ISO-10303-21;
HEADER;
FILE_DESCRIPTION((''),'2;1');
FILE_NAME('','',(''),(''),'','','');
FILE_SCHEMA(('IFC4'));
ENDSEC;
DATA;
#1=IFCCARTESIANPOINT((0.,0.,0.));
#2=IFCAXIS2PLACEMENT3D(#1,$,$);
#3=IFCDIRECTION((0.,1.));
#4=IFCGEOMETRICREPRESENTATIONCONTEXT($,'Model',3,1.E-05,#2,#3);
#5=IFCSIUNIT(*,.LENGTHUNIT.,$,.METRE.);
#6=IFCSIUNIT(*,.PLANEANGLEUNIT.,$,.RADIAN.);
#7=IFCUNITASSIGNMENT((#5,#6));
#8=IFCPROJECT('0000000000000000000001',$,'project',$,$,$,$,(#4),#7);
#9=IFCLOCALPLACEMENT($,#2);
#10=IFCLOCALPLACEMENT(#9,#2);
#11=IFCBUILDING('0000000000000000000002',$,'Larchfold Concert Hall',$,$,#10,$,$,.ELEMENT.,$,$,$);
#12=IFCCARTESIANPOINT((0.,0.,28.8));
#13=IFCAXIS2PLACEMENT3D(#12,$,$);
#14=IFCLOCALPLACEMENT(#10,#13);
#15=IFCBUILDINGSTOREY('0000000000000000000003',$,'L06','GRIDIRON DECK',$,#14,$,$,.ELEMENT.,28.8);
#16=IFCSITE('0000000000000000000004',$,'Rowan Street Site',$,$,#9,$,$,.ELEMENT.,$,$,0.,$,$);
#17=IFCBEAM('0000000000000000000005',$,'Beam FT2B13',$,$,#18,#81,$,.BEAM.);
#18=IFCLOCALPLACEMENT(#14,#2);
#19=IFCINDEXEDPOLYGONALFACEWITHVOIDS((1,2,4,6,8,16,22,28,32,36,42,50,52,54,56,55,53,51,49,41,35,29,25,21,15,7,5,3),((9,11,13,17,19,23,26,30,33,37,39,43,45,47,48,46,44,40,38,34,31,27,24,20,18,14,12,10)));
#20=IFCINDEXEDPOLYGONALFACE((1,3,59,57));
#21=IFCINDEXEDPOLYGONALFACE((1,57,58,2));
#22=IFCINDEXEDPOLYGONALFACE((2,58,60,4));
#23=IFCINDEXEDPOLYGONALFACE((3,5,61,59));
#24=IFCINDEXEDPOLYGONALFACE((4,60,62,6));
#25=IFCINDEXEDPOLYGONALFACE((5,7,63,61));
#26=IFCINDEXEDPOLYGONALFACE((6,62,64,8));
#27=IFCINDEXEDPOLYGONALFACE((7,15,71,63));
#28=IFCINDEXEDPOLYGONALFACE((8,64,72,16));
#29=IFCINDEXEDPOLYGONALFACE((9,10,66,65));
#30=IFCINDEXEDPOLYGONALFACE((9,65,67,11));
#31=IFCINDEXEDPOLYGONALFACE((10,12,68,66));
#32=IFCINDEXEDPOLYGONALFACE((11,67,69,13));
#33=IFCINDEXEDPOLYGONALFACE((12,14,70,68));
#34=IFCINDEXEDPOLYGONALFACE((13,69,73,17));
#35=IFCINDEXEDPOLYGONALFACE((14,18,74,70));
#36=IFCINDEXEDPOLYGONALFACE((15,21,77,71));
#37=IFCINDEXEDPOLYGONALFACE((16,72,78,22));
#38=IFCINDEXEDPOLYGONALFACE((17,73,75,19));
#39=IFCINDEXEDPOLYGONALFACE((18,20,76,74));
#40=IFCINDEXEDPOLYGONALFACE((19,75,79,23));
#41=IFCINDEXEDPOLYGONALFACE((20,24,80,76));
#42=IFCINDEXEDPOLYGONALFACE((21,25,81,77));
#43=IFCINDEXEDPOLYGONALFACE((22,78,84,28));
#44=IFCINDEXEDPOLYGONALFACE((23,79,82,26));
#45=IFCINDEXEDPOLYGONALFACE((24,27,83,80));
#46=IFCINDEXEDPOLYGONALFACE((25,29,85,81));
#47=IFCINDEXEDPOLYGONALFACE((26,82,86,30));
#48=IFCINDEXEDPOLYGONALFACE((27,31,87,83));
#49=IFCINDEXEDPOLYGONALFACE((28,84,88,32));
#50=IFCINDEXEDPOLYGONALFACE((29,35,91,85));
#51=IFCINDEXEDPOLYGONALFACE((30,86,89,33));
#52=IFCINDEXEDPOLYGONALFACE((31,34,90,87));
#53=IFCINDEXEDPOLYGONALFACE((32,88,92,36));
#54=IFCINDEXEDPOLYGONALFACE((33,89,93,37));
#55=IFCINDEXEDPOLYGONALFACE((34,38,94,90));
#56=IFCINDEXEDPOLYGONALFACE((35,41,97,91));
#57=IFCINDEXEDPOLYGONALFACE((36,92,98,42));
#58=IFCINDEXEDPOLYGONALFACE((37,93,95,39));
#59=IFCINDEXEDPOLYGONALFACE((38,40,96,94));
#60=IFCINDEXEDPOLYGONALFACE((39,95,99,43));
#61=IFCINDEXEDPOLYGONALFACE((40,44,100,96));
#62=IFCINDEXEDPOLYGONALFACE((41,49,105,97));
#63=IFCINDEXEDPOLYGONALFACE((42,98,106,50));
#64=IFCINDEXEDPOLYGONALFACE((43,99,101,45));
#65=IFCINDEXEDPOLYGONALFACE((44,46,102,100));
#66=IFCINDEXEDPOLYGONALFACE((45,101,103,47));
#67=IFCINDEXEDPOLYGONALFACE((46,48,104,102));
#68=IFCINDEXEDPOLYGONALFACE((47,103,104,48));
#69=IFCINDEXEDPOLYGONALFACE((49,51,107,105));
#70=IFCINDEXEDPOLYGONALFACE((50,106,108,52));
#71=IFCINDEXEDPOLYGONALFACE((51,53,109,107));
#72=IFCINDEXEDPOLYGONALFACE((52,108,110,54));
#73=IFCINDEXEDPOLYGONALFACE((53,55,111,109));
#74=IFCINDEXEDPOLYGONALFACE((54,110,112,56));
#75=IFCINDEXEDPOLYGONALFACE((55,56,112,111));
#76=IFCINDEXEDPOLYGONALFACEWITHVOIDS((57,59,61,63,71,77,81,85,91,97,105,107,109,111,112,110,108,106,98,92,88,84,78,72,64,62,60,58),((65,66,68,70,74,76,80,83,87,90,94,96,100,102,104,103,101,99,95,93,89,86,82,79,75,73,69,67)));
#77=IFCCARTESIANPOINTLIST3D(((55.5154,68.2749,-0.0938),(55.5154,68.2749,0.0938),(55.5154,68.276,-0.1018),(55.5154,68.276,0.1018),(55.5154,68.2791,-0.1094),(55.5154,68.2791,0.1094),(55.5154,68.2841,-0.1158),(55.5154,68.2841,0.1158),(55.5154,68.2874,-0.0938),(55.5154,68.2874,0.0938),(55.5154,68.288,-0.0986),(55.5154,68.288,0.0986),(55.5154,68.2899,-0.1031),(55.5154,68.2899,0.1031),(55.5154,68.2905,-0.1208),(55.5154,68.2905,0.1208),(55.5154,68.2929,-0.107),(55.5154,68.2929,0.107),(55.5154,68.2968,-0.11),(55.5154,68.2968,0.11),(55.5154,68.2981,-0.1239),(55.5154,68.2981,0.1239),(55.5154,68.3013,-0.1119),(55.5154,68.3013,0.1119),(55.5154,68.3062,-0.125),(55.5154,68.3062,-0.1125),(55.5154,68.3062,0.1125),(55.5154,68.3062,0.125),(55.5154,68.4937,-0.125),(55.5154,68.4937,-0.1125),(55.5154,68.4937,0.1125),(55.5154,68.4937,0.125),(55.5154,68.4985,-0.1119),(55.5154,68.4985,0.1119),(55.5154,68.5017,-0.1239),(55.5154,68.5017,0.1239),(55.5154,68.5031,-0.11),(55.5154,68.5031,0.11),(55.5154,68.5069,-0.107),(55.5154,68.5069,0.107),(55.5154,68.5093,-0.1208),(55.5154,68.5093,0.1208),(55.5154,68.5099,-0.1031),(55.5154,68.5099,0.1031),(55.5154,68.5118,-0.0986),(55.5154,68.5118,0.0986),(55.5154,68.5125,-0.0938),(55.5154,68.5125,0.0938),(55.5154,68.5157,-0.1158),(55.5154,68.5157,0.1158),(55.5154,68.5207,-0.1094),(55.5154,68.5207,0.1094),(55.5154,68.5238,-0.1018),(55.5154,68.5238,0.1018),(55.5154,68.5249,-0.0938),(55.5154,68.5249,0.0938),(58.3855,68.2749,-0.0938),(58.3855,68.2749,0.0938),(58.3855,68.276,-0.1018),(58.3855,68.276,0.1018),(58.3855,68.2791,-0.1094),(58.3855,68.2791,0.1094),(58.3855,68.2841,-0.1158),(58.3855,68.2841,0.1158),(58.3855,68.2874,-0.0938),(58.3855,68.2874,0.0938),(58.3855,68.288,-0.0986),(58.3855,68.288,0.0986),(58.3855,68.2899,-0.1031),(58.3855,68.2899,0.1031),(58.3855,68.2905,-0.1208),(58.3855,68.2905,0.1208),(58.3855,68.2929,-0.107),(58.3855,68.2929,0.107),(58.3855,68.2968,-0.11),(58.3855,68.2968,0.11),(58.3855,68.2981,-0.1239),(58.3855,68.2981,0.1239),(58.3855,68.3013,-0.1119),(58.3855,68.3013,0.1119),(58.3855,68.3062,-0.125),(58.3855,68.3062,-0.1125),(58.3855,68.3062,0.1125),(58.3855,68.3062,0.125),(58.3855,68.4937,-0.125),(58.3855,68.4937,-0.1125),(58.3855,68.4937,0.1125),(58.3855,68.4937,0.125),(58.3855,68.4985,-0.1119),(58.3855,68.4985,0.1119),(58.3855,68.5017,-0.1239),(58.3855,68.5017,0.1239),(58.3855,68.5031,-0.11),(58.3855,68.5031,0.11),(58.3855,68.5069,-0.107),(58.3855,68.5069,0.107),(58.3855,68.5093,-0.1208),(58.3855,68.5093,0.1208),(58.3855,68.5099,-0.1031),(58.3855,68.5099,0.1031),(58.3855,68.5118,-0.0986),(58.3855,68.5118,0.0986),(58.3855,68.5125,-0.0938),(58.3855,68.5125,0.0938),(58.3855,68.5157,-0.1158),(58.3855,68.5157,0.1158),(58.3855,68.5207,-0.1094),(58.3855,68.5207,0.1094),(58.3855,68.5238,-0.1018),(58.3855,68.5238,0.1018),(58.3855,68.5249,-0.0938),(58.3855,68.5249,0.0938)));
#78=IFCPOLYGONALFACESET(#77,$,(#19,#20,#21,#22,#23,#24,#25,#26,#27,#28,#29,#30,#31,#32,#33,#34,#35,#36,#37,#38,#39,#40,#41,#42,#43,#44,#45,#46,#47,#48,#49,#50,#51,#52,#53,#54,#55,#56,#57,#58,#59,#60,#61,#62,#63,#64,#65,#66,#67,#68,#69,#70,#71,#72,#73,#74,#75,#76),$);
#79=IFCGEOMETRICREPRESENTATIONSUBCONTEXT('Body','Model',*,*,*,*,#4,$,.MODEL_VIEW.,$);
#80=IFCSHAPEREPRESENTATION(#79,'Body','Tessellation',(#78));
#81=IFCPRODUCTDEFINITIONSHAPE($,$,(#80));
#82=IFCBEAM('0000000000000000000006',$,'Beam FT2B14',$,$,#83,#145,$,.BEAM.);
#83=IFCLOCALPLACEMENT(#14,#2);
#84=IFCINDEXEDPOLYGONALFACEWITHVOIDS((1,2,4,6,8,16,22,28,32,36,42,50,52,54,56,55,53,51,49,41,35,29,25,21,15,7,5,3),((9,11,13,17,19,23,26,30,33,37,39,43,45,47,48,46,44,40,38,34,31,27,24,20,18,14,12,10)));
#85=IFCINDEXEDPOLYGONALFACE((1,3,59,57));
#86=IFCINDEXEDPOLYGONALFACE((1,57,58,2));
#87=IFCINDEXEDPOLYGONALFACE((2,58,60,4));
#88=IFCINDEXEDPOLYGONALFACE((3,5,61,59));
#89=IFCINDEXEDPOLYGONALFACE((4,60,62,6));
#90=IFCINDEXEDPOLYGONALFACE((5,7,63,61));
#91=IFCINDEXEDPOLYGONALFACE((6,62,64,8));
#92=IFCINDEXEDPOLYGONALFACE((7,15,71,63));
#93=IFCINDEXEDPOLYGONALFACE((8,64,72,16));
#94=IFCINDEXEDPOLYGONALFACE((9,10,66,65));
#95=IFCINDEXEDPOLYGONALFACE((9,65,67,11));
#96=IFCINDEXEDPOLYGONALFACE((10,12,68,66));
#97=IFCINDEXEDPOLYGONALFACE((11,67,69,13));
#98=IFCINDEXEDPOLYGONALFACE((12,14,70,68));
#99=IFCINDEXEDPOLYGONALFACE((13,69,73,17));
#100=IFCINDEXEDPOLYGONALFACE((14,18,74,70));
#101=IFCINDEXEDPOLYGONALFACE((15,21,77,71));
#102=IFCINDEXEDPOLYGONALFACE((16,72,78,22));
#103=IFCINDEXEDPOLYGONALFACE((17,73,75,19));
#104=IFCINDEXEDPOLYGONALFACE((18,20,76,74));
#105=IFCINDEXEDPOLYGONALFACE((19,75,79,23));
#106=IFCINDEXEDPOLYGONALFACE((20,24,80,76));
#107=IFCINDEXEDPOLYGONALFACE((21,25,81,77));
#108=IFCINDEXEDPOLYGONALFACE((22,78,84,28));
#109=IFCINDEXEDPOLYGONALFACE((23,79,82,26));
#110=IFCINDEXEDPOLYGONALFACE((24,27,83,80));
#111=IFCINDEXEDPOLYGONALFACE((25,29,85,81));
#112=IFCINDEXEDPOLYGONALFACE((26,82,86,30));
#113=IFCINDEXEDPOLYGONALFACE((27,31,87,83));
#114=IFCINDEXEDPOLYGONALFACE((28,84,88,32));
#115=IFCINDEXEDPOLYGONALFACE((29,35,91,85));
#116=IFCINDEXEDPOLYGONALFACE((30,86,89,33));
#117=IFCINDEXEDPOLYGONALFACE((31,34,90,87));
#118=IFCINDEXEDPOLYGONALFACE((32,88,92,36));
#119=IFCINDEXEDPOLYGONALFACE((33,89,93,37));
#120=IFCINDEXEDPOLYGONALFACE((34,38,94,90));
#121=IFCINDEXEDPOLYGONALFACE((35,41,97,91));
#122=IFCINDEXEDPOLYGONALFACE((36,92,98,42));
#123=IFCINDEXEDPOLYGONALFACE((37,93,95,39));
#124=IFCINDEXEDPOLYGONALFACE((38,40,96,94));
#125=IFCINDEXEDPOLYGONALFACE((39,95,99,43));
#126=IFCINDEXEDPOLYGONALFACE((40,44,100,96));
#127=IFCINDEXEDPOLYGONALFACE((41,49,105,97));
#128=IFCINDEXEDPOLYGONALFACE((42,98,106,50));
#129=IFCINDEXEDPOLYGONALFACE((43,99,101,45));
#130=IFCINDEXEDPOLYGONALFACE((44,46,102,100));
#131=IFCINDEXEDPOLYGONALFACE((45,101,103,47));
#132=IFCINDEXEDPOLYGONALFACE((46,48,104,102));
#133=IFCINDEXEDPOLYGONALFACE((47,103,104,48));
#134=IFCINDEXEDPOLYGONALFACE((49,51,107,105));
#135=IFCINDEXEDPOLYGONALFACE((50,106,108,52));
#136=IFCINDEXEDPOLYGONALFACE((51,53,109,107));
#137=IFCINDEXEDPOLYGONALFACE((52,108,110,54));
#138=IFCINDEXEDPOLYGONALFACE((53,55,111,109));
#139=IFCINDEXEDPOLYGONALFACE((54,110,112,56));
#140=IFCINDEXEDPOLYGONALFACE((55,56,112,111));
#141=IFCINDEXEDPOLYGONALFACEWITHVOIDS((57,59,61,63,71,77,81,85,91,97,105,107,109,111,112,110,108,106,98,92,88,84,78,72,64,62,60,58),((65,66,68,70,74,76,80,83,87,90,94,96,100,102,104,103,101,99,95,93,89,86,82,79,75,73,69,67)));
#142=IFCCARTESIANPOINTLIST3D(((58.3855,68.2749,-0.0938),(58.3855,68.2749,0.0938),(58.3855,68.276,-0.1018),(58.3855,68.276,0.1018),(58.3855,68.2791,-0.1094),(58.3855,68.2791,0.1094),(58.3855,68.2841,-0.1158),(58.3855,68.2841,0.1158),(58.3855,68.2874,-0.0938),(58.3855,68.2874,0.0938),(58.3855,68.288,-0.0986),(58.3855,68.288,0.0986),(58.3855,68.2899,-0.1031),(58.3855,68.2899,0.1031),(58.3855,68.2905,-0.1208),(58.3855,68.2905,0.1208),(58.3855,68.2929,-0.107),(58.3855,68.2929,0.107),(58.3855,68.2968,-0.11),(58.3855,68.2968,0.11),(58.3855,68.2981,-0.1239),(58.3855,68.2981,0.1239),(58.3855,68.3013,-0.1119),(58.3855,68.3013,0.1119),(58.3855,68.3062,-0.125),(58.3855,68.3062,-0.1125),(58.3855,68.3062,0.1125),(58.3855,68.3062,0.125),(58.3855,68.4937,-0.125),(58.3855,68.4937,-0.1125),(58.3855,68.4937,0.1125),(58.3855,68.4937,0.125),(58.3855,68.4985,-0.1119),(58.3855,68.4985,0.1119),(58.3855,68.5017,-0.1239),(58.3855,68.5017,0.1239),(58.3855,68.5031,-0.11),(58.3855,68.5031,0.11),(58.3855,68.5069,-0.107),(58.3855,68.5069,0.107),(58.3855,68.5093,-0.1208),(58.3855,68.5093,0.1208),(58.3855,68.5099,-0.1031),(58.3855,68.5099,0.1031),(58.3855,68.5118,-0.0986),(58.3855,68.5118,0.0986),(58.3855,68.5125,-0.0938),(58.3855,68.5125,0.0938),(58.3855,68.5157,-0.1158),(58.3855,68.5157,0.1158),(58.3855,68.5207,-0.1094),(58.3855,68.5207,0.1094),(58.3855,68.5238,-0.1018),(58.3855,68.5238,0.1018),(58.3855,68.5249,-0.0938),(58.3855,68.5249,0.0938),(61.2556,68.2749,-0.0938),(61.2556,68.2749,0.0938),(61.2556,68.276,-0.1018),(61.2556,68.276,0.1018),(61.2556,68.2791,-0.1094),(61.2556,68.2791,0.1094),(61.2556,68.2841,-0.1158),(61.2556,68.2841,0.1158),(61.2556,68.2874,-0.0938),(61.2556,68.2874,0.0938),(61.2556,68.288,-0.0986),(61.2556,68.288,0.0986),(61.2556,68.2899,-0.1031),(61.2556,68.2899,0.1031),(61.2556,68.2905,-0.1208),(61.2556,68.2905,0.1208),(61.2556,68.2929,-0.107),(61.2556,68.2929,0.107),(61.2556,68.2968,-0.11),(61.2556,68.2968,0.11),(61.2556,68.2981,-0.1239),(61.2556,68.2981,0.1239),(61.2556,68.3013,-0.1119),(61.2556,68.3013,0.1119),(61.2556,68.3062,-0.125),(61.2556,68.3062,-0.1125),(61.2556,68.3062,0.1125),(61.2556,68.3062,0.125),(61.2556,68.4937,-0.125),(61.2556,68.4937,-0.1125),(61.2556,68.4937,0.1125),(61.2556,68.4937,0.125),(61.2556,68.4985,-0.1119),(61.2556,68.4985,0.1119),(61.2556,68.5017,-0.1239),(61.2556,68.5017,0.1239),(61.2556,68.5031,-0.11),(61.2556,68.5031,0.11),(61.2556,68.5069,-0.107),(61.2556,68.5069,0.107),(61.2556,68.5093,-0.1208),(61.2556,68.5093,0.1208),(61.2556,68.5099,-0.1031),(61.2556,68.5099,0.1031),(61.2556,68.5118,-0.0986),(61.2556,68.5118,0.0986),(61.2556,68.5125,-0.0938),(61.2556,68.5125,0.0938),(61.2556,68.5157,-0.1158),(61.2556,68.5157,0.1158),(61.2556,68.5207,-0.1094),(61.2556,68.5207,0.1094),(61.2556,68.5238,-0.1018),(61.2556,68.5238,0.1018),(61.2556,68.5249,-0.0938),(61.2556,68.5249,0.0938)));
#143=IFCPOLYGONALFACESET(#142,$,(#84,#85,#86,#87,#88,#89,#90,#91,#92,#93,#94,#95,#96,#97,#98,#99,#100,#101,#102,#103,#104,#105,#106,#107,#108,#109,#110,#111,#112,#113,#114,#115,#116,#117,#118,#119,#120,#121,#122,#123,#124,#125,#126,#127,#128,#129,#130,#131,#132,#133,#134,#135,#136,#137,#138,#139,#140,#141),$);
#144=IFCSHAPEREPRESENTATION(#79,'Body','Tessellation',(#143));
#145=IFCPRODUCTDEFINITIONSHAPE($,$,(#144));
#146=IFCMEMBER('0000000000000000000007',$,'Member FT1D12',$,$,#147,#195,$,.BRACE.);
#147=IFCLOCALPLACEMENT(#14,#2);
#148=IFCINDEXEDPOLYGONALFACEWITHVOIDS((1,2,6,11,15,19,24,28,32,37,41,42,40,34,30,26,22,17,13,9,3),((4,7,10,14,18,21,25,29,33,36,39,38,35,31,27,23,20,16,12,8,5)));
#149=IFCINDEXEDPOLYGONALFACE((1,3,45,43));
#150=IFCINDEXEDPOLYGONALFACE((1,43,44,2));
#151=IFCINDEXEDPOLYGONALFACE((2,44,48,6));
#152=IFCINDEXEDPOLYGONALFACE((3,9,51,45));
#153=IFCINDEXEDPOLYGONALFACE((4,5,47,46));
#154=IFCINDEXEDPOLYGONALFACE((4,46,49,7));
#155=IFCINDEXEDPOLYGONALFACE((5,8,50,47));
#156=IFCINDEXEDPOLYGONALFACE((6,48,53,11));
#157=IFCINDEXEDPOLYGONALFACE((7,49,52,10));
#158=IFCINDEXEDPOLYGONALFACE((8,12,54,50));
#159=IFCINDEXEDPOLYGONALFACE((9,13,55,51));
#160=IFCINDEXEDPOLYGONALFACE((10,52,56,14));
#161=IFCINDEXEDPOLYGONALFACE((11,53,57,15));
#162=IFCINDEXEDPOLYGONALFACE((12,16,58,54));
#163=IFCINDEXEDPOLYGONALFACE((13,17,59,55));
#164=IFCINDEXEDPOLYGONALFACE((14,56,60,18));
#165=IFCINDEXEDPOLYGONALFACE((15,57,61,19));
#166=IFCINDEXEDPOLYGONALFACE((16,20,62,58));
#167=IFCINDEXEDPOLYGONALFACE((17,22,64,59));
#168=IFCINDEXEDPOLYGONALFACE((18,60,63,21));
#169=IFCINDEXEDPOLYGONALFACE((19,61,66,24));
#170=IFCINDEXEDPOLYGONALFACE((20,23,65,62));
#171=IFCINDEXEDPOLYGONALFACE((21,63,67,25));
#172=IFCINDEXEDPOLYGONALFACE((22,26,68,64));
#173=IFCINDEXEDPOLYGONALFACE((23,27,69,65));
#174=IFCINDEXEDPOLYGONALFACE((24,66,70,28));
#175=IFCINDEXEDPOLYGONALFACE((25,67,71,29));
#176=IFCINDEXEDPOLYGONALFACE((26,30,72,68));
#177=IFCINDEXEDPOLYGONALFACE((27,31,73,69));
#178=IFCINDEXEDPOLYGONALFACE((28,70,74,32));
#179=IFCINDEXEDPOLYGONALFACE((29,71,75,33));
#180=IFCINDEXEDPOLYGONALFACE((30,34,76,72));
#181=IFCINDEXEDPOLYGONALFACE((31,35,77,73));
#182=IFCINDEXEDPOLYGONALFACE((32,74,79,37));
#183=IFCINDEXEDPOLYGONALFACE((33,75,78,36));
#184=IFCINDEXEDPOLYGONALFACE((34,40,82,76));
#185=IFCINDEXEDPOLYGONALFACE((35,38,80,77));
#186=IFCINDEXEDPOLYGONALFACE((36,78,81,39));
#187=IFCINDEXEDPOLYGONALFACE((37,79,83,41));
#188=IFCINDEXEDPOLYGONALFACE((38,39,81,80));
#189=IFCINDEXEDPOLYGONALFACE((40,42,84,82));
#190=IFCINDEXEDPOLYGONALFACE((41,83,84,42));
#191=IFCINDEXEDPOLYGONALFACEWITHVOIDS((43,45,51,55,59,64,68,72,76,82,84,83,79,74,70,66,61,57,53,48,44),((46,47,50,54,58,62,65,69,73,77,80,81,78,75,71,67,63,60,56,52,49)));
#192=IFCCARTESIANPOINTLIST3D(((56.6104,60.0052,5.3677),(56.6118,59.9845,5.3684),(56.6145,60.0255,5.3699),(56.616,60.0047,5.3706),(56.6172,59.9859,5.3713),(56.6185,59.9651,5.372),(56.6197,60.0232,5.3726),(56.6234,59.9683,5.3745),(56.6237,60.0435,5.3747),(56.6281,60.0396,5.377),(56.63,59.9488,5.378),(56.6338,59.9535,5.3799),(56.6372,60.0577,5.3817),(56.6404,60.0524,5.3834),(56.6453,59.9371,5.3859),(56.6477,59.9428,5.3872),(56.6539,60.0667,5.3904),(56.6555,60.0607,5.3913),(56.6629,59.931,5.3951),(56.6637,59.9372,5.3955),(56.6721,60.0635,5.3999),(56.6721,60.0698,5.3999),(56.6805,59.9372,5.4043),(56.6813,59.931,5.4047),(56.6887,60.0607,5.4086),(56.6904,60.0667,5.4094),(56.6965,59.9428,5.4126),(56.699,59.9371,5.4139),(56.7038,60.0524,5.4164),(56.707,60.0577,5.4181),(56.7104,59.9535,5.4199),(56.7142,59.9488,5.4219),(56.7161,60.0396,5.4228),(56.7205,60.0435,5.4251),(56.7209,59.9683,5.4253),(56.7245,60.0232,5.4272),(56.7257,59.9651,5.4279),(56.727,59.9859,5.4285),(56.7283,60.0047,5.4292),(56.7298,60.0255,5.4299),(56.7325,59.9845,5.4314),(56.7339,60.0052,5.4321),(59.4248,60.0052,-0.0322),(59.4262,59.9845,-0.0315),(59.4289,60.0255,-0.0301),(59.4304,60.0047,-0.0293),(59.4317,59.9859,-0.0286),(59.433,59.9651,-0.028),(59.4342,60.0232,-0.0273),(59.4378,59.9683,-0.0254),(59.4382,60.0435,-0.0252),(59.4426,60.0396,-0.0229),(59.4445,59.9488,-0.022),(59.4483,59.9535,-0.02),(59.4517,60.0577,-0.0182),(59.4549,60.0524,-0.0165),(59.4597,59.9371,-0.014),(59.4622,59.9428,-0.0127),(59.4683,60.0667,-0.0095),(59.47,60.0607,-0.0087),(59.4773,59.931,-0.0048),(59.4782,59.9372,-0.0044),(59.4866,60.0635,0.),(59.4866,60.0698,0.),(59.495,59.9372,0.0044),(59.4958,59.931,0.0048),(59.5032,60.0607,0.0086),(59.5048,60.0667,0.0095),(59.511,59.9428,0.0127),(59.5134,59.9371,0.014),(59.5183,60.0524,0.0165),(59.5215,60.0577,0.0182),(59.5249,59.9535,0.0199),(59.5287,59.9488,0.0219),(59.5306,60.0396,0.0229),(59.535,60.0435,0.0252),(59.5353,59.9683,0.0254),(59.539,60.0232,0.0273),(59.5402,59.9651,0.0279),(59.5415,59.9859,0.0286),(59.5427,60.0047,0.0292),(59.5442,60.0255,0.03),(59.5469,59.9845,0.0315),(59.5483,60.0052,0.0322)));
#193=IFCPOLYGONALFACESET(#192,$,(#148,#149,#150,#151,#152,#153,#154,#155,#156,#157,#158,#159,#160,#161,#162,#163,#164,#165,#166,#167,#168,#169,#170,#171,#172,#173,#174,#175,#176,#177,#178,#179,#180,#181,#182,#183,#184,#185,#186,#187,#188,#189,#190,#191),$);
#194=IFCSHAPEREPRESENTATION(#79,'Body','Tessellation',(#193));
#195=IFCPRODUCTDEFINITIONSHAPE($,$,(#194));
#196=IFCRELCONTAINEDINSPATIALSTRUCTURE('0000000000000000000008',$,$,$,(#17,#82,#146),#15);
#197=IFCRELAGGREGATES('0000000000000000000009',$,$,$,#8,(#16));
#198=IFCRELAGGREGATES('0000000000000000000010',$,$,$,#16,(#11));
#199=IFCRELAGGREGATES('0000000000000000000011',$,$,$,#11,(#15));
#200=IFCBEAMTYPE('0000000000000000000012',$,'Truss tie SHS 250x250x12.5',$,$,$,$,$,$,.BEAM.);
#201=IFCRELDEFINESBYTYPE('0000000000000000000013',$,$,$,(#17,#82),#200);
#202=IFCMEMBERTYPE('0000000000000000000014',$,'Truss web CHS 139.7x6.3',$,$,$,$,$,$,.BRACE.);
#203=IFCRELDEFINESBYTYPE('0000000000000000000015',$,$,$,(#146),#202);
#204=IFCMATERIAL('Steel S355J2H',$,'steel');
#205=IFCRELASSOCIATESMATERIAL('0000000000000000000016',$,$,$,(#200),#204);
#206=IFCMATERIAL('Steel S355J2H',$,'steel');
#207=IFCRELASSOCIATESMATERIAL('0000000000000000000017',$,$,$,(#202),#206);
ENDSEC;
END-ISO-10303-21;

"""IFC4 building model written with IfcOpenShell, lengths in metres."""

from ifc_helpers import new_model, si_unit, direction, frame, origin, origin_2d, place, context, subcontext, project, spatial, hollow_rectangle, hollow_circle, extrude, material, material_profile, profile_set, type_object, element, save


model = new_model("IFC4")

# Units and contexts
model_context = context("Model", 3, precision=1e-05, world=origin(), true_north=direction((0.0, 1.0)))
body_context = subcontext(model_context, "Body", "Model", "MODEL_VIEW")
ifc_project = project(units=[si_unit("LENGTHUNIT", "METRE"), si_unit("PLANEANGLEUNIT", "RADIAN")], contexts=[model_context])

# Site, building, storey
site_placement = place(None, origin())
site = spatial("IfcSite", under=ifc_project, at=site_placement, Name="Rowan Street Site", CompositionType="ELEMENT", RefElevation=0.0)
building_placement = place(site_placement, origin())
building = spatial("IfcBuilding", under=site, at=building_placement, Name="Larchfold Concert Hall", CompositionType="ELEMENT")
storey_placement = place(building_placement, frame((0.0, 0.0, 28.8)))
storey = spatial("IfcBuildingStorey", under=building, at=storey_placement, Name="L06", Description="GRIDIRON DECK", CompositionType="ELEMENT", Elevation=28.8)

# Beams
ifc_material_1 = material(Name="Steel S355J2H", Category="steel")
ifc_material_profile_1 = material_profile(ifc_material_1, hollow_rectangle(XDim=0.25, YDim=0.25, WallThickness=0.0125, InnerFilletRadius=0.0188, OuterFilletRadius=0.0312, at=origin_2d()))
ifc_profile_set_1 = profile_set([ifc_material_profile_1], Name="Steel S355J2H")
beam_type_1 = type_object("IfcBeamType", Name="Truss tie SHS 250x250x12.5", PredefinedType="BEAM", material=ifc_profile_set_1)
for number, where, z_axis, x_axis, name in (
    (1, (55.5154, 68.3999, 0.0), (1.0, 0.0, 0.0), (0.0, 1.0, 0.0), "Beam FT2B13"),
    (2, (58.3855, 68.3999, 0.0), (1.0, 0.0, 0.0), (0.0, 1.0, 0.0), "Beam FT2B14"),
):
    element("IfcBeam", number, at=place(storey_placement, frame(where, z_axis=z_axis, x_axis=x_axis)), inside=storey, type_object=beam_type_1, Name=name, PredefinedType="BEAM", context=body_context, shape_type="SweptSolid", body=[
        extrude(hollow_rectangle(XDim=0.25, YDim=0.25, WallThickness=0.0125, InnerFilletRadius=0.0188, OuterFilletRadius=0.0312, at=origin_2d()), origin(), (0.0, 0.0, 1.0), 2.8701),
    ])

# Member
ifc_material_2 = material(Name="Steel S355J2H", Category="steel")
ifc_material_profile_2 = material_profile(ifc_material_2, hollow_circle(Radius=0.0698, WallThickness=0.0063, at=origin_2d()))
ifc_profile_set_2 = profile_set([ifc_material_profile_2], Name="Steel S355J2H")
member_type_1 = type_object("IfcMemberType", Name="Truss web CHS 139.7x6.3", PredefinedType="BRACE", material=ifc_profile_set_2)
member_1_placement = place(storey_placement, frame((56.6721, 60.0, 5.3999), z_axis=(0.462193, 0.0, -0.886779), x_axis=(0.0, 1.0, 0.0)))
element("IfcMember", 3, at=member_1_placement, inside=storey, type_object=member_type_1, Name="Member FT1D12", PredefinedType="BRACE", context=body_context, shape_type="SweptSolid", body=[
    extrude(hollow_circle(Radius=0.0698, WallThickness=0.0063, at=origin_2d()), origin(), (0.0, 0.0, 1.0), 6.0894),
])

save(model, "model.ifc")
